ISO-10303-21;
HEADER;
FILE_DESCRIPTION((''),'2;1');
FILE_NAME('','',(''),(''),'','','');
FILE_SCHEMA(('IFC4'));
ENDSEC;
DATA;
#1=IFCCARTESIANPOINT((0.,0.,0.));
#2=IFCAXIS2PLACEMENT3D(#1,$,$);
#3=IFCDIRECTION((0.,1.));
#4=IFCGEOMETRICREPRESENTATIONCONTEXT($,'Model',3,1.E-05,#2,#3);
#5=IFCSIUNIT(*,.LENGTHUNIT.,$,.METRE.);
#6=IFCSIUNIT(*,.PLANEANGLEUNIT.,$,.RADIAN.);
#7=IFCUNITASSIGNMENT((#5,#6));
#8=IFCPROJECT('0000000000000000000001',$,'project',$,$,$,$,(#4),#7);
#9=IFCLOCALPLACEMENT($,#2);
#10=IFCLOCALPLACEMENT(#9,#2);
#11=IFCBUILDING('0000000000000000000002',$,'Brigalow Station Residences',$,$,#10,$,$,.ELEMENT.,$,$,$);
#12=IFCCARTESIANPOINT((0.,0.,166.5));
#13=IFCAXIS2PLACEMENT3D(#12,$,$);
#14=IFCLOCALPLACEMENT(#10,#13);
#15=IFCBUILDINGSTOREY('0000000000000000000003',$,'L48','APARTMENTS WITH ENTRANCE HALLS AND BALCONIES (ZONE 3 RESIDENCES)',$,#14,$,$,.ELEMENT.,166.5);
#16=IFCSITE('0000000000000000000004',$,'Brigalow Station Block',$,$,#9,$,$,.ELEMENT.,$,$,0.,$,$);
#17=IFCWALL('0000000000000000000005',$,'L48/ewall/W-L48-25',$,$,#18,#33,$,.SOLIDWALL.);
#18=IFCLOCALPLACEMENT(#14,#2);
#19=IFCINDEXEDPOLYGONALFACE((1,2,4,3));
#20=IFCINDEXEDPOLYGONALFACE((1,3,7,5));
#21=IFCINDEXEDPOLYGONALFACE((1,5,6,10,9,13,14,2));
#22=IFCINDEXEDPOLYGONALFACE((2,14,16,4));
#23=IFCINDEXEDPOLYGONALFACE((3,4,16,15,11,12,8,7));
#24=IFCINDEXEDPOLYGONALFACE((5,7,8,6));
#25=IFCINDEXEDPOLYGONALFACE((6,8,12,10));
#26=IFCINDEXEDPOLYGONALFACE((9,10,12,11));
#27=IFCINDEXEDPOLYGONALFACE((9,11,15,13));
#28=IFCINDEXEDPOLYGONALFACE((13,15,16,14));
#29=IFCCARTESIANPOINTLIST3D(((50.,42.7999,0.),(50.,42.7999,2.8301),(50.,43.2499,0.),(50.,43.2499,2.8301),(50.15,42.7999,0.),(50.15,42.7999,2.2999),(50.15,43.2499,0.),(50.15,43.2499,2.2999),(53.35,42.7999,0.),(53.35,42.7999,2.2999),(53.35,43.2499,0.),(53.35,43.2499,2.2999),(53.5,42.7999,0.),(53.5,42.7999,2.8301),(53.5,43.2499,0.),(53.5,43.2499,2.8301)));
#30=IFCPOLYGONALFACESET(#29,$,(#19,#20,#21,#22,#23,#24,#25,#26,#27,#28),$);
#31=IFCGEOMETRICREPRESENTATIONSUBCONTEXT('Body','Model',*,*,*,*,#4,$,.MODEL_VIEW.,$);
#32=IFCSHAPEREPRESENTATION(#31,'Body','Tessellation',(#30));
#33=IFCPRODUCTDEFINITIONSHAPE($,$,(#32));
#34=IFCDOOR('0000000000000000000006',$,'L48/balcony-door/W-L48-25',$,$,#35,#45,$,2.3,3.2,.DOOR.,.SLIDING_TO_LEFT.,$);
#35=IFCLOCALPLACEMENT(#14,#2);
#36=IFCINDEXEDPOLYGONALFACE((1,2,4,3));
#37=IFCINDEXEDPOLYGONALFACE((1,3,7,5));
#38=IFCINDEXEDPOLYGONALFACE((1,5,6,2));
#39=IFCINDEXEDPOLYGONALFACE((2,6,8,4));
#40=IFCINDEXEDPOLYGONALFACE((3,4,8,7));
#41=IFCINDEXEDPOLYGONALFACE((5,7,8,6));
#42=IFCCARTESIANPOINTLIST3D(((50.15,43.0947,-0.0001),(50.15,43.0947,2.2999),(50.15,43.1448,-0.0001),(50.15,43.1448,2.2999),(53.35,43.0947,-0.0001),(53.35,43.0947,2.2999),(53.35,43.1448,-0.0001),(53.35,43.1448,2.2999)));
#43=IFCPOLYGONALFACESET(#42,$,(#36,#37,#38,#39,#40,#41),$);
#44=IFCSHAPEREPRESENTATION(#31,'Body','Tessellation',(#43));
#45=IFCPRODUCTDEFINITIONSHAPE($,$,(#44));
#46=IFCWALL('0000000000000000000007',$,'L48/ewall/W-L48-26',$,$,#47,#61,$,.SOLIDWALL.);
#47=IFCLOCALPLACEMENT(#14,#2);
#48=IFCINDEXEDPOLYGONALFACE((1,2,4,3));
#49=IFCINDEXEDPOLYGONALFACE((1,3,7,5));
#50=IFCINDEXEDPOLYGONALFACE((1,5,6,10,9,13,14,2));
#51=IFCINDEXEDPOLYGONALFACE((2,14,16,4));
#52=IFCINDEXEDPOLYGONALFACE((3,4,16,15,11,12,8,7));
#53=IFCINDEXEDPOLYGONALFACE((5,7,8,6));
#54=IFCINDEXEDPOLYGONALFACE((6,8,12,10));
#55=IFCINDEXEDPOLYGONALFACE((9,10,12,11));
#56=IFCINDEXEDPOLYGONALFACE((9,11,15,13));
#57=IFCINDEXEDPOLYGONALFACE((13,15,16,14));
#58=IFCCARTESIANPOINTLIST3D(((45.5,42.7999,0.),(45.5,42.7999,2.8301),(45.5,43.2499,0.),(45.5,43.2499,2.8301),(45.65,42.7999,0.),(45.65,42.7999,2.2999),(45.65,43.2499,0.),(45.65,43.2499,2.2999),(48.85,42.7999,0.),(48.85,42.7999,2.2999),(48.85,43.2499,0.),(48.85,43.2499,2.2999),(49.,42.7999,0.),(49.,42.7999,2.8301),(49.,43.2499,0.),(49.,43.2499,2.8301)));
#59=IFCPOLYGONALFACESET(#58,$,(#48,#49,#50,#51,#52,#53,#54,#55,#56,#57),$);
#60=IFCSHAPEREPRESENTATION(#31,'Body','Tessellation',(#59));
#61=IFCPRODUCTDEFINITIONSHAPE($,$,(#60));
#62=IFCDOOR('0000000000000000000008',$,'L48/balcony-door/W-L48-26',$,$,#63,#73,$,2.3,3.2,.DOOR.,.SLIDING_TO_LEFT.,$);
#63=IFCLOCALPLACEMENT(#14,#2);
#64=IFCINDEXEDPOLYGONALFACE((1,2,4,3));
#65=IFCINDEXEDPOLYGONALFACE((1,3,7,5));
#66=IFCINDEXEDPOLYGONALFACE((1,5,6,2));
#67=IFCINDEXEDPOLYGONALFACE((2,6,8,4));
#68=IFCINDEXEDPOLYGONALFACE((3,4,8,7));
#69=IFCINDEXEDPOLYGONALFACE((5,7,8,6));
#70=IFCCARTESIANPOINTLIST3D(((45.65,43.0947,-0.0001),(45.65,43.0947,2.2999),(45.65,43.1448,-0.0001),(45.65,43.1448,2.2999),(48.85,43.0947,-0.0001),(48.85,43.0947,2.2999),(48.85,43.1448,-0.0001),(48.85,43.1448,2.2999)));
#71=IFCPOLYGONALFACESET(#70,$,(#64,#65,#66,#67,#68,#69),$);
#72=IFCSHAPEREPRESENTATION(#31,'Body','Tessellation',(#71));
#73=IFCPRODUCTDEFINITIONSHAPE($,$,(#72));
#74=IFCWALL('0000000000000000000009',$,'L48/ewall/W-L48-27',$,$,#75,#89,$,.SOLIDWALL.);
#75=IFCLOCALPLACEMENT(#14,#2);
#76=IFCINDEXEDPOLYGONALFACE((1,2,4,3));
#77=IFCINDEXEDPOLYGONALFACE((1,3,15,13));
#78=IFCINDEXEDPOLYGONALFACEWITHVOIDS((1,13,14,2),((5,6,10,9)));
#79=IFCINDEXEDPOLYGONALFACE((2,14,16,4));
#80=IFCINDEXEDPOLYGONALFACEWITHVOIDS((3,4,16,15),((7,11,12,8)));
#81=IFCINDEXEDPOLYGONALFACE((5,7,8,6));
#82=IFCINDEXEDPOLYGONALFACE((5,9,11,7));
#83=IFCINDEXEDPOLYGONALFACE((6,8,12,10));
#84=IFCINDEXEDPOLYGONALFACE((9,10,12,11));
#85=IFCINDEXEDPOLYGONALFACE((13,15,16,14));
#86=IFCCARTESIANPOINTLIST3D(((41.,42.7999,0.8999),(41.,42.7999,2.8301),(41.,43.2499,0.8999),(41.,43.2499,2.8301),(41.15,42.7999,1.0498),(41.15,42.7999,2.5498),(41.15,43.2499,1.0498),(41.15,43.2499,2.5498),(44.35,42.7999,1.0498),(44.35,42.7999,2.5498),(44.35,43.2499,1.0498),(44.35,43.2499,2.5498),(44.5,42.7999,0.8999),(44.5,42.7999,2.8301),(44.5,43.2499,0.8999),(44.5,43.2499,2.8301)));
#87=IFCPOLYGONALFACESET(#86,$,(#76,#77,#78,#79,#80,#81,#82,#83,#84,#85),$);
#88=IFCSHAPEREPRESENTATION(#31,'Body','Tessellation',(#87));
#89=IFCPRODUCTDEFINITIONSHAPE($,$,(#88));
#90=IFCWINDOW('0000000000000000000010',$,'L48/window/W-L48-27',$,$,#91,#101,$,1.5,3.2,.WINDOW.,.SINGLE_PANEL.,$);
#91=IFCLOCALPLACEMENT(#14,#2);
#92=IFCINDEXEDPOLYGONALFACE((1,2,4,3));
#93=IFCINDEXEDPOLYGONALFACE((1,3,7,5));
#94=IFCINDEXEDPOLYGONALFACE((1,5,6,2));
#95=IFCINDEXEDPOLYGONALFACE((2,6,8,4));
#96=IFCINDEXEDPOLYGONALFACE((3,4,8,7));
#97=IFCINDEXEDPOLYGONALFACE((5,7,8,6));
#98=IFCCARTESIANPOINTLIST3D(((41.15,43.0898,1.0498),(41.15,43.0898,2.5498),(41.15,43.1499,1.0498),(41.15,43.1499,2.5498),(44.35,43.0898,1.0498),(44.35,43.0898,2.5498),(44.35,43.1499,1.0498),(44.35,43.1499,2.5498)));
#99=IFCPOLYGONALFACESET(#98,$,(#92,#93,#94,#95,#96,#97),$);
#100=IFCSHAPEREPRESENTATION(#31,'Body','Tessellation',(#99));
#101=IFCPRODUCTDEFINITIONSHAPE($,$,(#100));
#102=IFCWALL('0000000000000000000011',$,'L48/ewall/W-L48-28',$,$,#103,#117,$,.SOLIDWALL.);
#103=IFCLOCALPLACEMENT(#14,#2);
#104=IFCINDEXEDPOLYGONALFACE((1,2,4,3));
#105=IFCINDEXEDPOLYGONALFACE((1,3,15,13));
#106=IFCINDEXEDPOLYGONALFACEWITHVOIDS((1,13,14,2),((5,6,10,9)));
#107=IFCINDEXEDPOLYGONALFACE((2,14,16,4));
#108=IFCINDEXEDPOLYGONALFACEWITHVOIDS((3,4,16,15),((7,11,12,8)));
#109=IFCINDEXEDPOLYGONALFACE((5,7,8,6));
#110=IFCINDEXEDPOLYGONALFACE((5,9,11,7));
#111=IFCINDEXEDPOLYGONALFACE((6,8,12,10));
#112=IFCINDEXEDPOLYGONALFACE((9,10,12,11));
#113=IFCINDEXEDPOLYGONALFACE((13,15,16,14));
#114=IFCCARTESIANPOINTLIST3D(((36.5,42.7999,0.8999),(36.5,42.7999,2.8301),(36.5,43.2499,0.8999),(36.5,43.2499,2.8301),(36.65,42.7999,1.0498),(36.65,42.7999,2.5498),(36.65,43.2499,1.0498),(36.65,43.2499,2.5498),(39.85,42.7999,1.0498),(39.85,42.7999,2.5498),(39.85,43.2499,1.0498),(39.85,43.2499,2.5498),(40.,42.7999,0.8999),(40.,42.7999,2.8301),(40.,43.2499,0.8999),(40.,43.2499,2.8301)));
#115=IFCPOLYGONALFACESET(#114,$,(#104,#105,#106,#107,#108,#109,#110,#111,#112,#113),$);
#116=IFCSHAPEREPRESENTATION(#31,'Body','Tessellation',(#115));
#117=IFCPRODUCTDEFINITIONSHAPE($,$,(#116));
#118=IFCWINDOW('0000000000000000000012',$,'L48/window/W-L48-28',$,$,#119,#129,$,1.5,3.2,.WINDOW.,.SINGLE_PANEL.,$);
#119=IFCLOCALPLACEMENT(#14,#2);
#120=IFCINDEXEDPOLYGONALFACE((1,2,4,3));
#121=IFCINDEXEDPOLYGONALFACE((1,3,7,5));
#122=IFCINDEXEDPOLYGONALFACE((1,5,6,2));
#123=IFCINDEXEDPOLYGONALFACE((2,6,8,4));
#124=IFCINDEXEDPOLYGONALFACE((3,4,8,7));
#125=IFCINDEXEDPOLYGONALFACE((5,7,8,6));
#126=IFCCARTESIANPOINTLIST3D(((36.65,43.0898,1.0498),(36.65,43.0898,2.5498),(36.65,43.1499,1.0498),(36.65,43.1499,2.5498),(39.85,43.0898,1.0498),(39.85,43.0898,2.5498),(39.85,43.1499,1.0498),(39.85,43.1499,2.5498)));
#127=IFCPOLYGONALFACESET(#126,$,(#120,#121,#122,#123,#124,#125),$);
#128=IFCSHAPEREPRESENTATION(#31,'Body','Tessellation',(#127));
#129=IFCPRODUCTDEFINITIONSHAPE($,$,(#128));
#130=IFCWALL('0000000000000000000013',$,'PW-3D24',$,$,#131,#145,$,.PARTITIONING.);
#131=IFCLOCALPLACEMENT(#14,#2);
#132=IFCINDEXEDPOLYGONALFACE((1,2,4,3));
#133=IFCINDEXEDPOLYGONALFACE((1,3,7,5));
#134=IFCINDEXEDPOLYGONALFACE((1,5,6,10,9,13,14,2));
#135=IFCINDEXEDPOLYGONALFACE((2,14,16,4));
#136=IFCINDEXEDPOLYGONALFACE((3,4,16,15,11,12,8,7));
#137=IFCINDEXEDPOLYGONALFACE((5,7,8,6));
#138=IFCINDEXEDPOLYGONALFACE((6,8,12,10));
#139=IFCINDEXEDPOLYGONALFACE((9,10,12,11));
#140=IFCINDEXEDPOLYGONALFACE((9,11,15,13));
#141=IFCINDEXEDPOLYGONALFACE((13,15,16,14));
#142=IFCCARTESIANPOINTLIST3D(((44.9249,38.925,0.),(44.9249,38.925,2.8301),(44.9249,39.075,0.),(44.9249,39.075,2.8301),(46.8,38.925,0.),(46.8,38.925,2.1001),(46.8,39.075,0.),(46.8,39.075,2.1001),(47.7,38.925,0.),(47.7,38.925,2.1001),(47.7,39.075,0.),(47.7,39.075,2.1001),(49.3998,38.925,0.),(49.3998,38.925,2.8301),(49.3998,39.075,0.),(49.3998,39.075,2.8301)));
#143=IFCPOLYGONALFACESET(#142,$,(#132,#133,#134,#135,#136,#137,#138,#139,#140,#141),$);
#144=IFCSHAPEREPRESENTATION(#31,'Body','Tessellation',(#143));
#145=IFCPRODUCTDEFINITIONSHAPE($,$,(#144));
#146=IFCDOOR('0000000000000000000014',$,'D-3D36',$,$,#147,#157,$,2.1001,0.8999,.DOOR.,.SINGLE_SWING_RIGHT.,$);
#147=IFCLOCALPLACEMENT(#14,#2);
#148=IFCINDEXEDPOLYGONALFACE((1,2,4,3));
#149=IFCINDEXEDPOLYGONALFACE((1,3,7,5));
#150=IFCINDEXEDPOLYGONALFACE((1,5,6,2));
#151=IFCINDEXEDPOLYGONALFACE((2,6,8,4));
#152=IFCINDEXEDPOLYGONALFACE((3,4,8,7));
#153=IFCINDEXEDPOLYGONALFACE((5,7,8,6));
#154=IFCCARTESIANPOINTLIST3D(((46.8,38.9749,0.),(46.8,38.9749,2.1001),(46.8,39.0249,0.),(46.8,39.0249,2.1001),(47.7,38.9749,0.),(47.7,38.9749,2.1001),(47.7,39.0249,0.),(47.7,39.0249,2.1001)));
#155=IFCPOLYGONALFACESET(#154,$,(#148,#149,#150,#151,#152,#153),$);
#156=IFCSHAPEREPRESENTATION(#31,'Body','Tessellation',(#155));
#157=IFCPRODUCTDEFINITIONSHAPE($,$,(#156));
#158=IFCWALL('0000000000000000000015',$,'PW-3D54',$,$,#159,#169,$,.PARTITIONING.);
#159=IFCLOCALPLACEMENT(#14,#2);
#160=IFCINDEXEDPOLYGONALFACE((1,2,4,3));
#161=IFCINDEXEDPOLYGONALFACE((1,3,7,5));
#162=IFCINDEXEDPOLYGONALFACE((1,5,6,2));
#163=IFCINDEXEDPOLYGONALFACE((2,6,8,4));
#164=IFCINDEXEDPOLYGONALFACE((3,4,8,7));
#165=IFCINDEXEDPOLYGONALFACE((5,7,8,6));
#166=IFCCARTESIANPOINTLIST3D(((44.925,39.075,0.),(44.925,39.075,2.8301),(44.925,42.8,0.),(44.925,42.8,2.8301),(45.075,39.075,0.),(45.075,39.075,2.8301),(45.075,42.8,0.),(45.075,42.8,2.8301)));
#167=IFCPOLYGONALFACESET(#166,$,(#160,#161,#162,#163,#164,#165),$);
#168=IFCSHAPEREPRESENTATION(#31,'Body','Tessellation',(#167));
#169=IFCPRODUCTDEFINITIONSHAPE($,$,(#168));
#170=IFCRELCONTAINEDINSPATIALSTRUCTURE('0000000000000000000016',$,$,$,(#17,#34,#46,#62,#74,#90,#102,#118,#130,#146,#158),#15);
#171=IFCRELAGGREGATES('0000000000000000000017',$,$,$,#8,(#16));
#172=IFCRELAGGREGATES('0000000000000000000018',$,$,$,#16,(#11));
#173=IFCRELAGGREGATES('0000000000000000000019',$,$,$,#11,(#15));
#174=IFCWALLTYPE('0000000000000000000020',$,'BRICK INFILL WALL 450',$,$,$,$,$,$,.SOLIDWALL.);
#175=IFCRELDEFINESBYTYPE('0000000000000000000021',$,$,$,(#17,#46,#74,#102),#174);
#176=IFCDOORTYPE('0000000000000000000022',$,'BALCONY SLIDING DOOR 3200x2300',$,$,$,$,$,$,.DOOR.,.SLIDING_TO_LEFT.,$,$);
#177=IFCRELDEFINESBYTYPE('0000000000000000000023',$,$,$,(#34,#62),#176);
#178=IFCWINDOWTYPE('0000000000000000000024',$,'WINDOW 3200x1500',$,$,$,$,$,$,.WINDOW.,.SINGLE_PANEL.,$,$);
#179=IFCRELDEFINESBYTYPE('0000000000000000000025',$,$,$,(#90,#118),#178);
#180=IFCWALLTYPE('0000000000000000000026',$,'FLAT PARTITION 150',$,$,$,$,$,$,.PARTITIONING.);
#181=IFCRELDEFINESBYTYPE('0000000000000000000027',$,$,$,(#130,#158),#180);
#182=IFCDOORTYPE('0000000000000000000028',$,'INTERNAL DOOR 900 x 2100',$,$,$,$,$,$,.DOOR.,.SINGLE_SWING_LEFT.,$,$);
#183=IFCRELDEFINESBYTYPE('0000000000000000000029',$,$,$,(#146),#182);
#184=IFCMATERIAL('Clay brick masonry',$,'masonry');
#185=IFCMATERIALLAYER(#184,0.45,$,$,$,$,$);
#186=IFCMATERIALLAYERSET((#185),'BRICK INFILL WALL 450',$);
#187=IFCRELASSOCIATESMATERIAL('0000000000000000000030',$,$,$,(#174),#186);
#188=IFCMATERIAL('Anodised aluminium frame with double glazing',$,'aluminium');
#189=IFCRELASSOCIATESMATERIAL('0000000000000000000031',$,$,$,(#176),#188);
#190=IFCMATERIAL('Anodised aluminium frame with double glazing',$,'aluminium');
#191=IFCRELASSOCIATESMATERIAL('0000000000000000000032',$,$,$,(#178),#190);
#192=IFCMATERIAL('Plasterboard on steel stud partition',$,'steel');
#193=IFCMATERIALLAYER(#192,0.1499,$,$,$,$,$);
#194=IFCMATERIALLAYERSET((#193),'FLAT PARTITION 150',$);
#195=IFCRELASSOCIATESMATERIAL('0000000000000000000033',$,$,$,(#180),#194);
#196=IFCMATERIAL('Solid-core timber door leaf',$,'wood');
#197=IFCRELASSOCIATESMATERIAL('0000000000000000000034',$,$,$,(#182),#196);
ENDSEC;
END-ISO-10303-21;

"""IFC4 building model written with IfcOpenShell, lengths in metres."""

from ifc_helpers import new_model, si_unit, direction, frame, frame_2d, origin, place, context, subcontext, project, spatial, rectangle, extrude, material, layer, layer_set, type_object, element, fill, save


model = new_model("IFC4")

# Units and contexts
model_context = context("Model", 3, precision=1e-05, world=origin(), true_north=direction((0.0, 1.0)))
body_context = subcontext(model_context, "Body", "Model", "MODEL_VIEW")
ifc_project = project(units=[si_unit("LENGTHUNIT", "METRE"), si_unit("PLANEANGLEUNIT", "RADIAN")], contexts=[model_context])

# Site, building, storey
site_placement = place(None, origin())
site = spatial("IfcSite", under=ifc_project, at=site_placement, Name="Brigalow Station Block", CompositionType="ELEMENT", RefElevation=0.0)
building_placement = place(site_placement, origin())
building = spatial("IfcBuilding", under=site, at=building_placement, Name="Brigalow Station Residences", CompositionType="ELEMENT")
storey_placement = place(building_placement, frame((0.0, 0.0, 166.5)))
storey = spatial("IfcBuildingStorey", under=building, at=storey_placement, Name="L48", Description="APARTMENTS WITH ENTRANCE HALLS AND BALCONIES (ZONE 3 RESIDENCES)", CompositionType="ELEMENT", Elevation=166.5)

# Walls, openings, doors
ifc_material_1 = material(Name="Clay brick masonry", Category="masonry")
ifc_layer_1 = layer(ifc_material_1, 0.45)
ifc_layer_set_1 = layer_set([ifc_layer_1], Name="BRICK INFILL WALL 450")
wall_type_1 = type_object("IfcWallType", Name="BRICK INFILL WALL 450", PredefinedType="SOLIDWALL", material=ifc_layer_set_1)
wall_1_placement = place(storey_placement, frame((53.5, 43.0249, 0.0), z_axis=(0.0, 0.0, 1.0), x_axis=(-1.0, 0.0, 0.0)))
wall_1 = element("IfcWall", 1, at=wall_1_placement, inside=storey, type_object=wall_type_1, Name="L48/ewall/W-L48-25", PredefinedType="SOLIDWALL", context=body_context, shape_type="SweptSolid", body=[
    extrude(rectangle(XDim=3.5, YDim=0.45, at=frame_2d((1.75, 0.0))), origin(), (0.0, 0.0, 1.0), 2.8301),
])
opening_1_placement = place(wall_1_placement, frame((0.1499, 0.0, 0.0)))
opening_1 = element("IfcOpeningElement", 2, at=opening_1_placement, cuts=wall_1, PredefinedType="OPENING", context=body_context, shape_type="SweptSolid", body=[
    extrude(rectangle(XDim=3.2, YDim=2.3, at=frame_2d((1.6001, 1.1499))), frame((0.0, 0.2349, 0.0), z_axis=(0.0, -1.0, 0.0), x_axis=(1.0, 0.0, 0.0)), (0.0, 0.0, 1.0), 0.47),
])
ifc_material_2 = material(Name="Anodised aluminium frame with double glazing", Category="aluminium")
door_type_1 = type_object("IfcDoorType", Name="BALCONY SLIDING DOOR 3200x2300", OperationType="SLIDING_TO_LEFT", PredefinedType="DOOR", material=ifc_material_2)
door_1_placement = place(opening_1_placement, origin())
door_1 = element("IfcDoor", 3, at=door_1_placement, inside=storey, type_object=door_type_1, Name="L48/balcony-door/W-L48-25", OperationType="SLIDING_TO_LEFT", OverallHeight=2.3, OverallWidth=3.2, PredefinedType="DOOR", context=body_context, shape_type="SweptSolid", body=[
    extrude(rectangle(XDim=3.2, YDim=2.3, at=frame_2d((1.6001, 1.1499))), frame((0.0, -0.0698, 0.0), z_axis=(0.0, -1.0, 0.0), x_axis=(1.0, 0.0, 0.0)), (0.0, 0.0, 1.0), 0.05),
])
fill(opening_1, door_1)
wall_2_placement = place(storey_placement, frame((49.0, 43.0249, 0.0), z_axis=(0.0, 0.0, 1.0), x_axis=(-1.0, 0.0, 0.0)))
wall_2 = element("IfcWall", 4, at=wall_2_placement, inside=storey, type_object=wall_type_1, Name="L48/ewall/W-L48-26", PredefinedType="SOLIDWALL", context=body_context, shape_type="SweptSolid", body=[
    extrude(rectangle(XDim=3.5, YDim=0.45, at=frame_2d((1.75, 0.0))), origin(), (0.0, 0.0, 1.0), 2.8301),
])
opening_2_placement = place(wall_2_placement, frame((0.1499, 0.0, 0.0)))
opening_2 = element("IfcOpeningElement", 5, at=opening_2_placement, cuts=wall_2, PredefinedType="OPENING", context=body_context, shape_type="SweptSolid", body=[
    extrude(rectangle(XDim=3.2, YDim=2.3, at=frame_2d((1.6001, 1.1499))), frame((0.0, 0.2349, 0.0), z_axis=(0.0, -1.0, 0.0), x_axis=(1.0, 0.0, 0.0)), (0.0, 0.0, 1.0), 0.47),
])
door_2_placement = place(opening_2_placement, origin())
door_2 = element("IfcDoor", 6, at=door_2_placement, inside=storey, type_object=door_type_1, Name="L48/balcony-door/W-L48-26", OperationType="SLIDING_TO_LEFT", OverallHeight=2.3, OverallWidth=3.2, PredefinedType="DOOR", context=body_context, shape_type="SweptSolid", body=[
    extrude(rectangle(XDim=3.2, YDim=2.3, at=frame_2d((1.6001, 1.1499))), frame((0.0, -0.0698, 0.0), z_axis=(0.0, -1.0, 0.0), x_axis=(1.0, 0.0, 0.0)), (0.0, 0.0, 1.0), 0.05),
])
fill(opening_2, door_2)

# Walls, openings, windows
wall_3_placement = place(storey_placement, frame((44.5, 43.0249, 0.8999), z_axis=(0.0, 0.0, 1.0), x_axis=(-1.0, 0.0, 0.0)))
wall_3 = element("IfcWall", 7, at=wall_3_placement, inside=storey, type_object=wall_type_1, Name="L48/ewall/W-L48-27", PredefinedType="SOLIDWALL", context=body_context, shape_type="SweptSolid", body=[
    extrude(rectangle(XDim=3.5, YDim=0.45, at=frame_2d((1.75, 0.0))), origin(), (0.0, 0.0, 1.0), 1.9302),
])
opening_3_placement = place(wall_3_placement, frame((0.1499, 0.0, 0.1499)))
opening_3 = element("IfcOpeningElement", 8, at=opening_3_placement, cuts=wall_3, PredefinedType="OPENING", context=body_context, shape_type="SweptSolid", body=[
    extrude(rectangle(XDim=3.2, YDim=1.5, at=frame_2d((1.6001, 0.75))), frame((0.0, 0.2349, 0.0), z_axis=(0.0, -1.0, 0.0), x_axis=(1.0, 0.0, 0.0)), (0.0, 0.0, 1.0), 0.47),
])
ifc_material_3 = material(Name="Anodised aluminium frame with double glazing", Category="aluminium")
window_type = type_object("IfcWindowType", Name="WINDOW 3200x1500", PartitioningType="SINGLE_PANEL", PredefinedType="WINDOW", material=ifc_material_3)
window_1_placement = place(opening_3_placement, origin())
window_1 = element("IfcWindow", 9, at=window_1_placement, inside=storey, type_object=window_type, Name="L48/window/W-L48-27", OverallHeight=1.5, OverallWidth=3.2, PartitioningType="SINGLE_PANEL", PredefinedType="WINDOW", context=body_context, shape_type="SweptSolid", body=[
    extrude(rectangle(XDim=3.2, YDim=1.5, at=frame_2d((1.6001, 0.75))), frame((0.0, -0.0649, 0.0), z_axis=(0.0, -1.0, 0.0), x_axis=(1.0, 0.0, 0.0)), (0.0, 0.0, 1.0), 0.0601),
])
fill(opening_3, window_1)
wall_4_placement = place(storey_placement, frame((40.0, 43.0249, 0.8999), z_axis=(0.0, 0.0, 1.0), x_axis=(-1.0, 0.0, 0.0)))
wall_4 = element("IfcWall", 10, at=wall_4_placement, inside=storey, type_object=wall_type_1, Name="L48/ewall/W-L48-28", PredefinedType="SOLIDWALL", context=body_context, shape_type="SweptSolid", body=[
    extrude(rectangle(XDim=3.5, YDim=0.45, at=frame_2d((1.75, 0.0))), origin(), (0.0, 0.0, 1.0), 1.9302),
])
opening_4_placement = place(wall_4_placement, frame((0.1499, 0.0, 0.1499)))
opening_4 = element("IfcOpeningElement", 11, at=opening_4_placement, cuts=wall_4, PredefinedType="OPENING", context=body_context, shape_type="SweptSolid", body=[
    extrude(rectangle(XDim=3.2, YDim=1.5, at=frame_2d((1.6001, 0.75))), frame((0.0, 0.2349, 0.0), z_axis=(0.0, -1.0, 0.0), x_axis=(1.0, 0.0, 0.0)), (0.0, 0.0, 1.0), 0.47),
])
window_2_placement = place(opening_4_placement, origin())
window_2 = element("IfcWindow", 12, at=window_2_placement, inside=storey, type_object=window_type, Name="L48/window/W-L48-28", OverallHeight=1.5, OverallWidth=3.2, PartitioningType="SINGLE_PANEL", PredefinedType="WINDOW", context=body_context, shape_type="SweptSolid", body=[
    extrude(rectangle(XDim=3.2, YDim=1.5, at=frame_2d((1.6001, 0.75))), frame((0.0, -0.0649, 0.0), z_axis=(0.0, -1.0, 0.0), x_axis=(1.0, 0.0, 0.0)), (0.0, 0.0, 1.0), 0.0601),
])
fill(opening_4, window_2)

# Wall, opening, door
ifc_material_4 = material(Name="Plasterboard on steel stud partition", Category="steel")
ifc_layer_2 = layer(ifc_material_4, 0.1499)
ifc_layer_set_2 = layer_set([ifc_layer_2], Name="FLAT PARTITION 150")
wall_type_2 = type_object("IfcWallType", Name="FLAT PARTITION 150", PredefinedType="PARTITIONING", material=ifc_layer_set_2)
wall_5_placement = place(storey_placement, frame((44.925, 39.0, 0.0), z_axis=(0.0, 0.0, 1.0), x_axis=(1.0, 0.0, 0.0)))
wall_5 = element("IfcWall", 13, at=wall_5_placement, inside=storey, type_object=wall_type_2, Name="PW-3D24", PredefinedType="PARTITIONING", context=body_context, shape_type="SweptSolid", body=[
    extrude(rectangle(XDim=4.4749, YDim=0.1499, at=frame_2d((2.2373, 0.0))), origin(), (0.0, 0.0, 1.0), 2.8301),
])
opening_5_placement = place(wall_5_placement, frame((1.875, 0.0, 0.0)))
opening_5 = element("IfcOpeningElement", 14, at=opening_5_placement, cuts=wall_5, PredefinedType="OPENING", context=body_context, shape_type="SweptSolid", body=[
    extrude(rectangle(XDim=0.8999, YDim=2.1001, at=frame_2d((0.45, 1.05))), frame((0.0, 0.085, 0.0), z_axis=(0.0, -1.0, 0.0), x_axis=(1.0, 0.0, 0.0)), (0.0, 0.0, 1.0), 0.1699),
])
ifc_material_5 = material(Name="Solid-core timber door leaf", Category="wood")
door_type_2 = type_object("IfcDoorType", Name="INTERNAL DOOR 900 x 2100", OperationType="SINGLE_SWING_LEFT", PredefinedType="DOOR", material=ifc_material_5)
door_3_placement = place(opening_5_placement, origin())
door_3 = element("IfcDoor", 15, at=door_3_placement, inside=storey, type_object=door_type_2, Name="D-3D36", OperationType="SINGLE_SWING_RIGHT", OverallHeight=2.1001, OverallWidth=0.8999, PredefinedType="DOOR", context=body_context, shape_type="SweptSolid", body=[
    extrude(rectangle(XDim=0.8999, YDim=2.1001, at=frame_2d((0.45, 1.05))), frame((0.0, 0.0249, 0.0), z_axis=(0.0, -1.0, 0.0), x_axis=(1.0, 0.0, 0.0)), (0.0, 0.0, 1.0), 0.05),
])
fill(opening_5, door_3)

# Wall
wall_6_placement = place(storey_placement, frame((45.0, 39.075, 0.0), z_axis=(0.0, 0.0, 1.0), x_axis=(0.0, 1.0, 0.0)))
element("IfcWall", 16, at=wall_6_placement, inside=storey, type_object=wall_type_2, Name="PW-3D54", PredefinedType="PARTITIONING", context=body_context, shape_type="SweptSolid", body=[
    extrude(rectangle(XDim=3.7251, YDim=0.1499, at=frame_2d((1.8625, 0.0))), origin(), (0.0, 0.0, 1.0), 2.8301),
])

save(model, "model.ifc")
